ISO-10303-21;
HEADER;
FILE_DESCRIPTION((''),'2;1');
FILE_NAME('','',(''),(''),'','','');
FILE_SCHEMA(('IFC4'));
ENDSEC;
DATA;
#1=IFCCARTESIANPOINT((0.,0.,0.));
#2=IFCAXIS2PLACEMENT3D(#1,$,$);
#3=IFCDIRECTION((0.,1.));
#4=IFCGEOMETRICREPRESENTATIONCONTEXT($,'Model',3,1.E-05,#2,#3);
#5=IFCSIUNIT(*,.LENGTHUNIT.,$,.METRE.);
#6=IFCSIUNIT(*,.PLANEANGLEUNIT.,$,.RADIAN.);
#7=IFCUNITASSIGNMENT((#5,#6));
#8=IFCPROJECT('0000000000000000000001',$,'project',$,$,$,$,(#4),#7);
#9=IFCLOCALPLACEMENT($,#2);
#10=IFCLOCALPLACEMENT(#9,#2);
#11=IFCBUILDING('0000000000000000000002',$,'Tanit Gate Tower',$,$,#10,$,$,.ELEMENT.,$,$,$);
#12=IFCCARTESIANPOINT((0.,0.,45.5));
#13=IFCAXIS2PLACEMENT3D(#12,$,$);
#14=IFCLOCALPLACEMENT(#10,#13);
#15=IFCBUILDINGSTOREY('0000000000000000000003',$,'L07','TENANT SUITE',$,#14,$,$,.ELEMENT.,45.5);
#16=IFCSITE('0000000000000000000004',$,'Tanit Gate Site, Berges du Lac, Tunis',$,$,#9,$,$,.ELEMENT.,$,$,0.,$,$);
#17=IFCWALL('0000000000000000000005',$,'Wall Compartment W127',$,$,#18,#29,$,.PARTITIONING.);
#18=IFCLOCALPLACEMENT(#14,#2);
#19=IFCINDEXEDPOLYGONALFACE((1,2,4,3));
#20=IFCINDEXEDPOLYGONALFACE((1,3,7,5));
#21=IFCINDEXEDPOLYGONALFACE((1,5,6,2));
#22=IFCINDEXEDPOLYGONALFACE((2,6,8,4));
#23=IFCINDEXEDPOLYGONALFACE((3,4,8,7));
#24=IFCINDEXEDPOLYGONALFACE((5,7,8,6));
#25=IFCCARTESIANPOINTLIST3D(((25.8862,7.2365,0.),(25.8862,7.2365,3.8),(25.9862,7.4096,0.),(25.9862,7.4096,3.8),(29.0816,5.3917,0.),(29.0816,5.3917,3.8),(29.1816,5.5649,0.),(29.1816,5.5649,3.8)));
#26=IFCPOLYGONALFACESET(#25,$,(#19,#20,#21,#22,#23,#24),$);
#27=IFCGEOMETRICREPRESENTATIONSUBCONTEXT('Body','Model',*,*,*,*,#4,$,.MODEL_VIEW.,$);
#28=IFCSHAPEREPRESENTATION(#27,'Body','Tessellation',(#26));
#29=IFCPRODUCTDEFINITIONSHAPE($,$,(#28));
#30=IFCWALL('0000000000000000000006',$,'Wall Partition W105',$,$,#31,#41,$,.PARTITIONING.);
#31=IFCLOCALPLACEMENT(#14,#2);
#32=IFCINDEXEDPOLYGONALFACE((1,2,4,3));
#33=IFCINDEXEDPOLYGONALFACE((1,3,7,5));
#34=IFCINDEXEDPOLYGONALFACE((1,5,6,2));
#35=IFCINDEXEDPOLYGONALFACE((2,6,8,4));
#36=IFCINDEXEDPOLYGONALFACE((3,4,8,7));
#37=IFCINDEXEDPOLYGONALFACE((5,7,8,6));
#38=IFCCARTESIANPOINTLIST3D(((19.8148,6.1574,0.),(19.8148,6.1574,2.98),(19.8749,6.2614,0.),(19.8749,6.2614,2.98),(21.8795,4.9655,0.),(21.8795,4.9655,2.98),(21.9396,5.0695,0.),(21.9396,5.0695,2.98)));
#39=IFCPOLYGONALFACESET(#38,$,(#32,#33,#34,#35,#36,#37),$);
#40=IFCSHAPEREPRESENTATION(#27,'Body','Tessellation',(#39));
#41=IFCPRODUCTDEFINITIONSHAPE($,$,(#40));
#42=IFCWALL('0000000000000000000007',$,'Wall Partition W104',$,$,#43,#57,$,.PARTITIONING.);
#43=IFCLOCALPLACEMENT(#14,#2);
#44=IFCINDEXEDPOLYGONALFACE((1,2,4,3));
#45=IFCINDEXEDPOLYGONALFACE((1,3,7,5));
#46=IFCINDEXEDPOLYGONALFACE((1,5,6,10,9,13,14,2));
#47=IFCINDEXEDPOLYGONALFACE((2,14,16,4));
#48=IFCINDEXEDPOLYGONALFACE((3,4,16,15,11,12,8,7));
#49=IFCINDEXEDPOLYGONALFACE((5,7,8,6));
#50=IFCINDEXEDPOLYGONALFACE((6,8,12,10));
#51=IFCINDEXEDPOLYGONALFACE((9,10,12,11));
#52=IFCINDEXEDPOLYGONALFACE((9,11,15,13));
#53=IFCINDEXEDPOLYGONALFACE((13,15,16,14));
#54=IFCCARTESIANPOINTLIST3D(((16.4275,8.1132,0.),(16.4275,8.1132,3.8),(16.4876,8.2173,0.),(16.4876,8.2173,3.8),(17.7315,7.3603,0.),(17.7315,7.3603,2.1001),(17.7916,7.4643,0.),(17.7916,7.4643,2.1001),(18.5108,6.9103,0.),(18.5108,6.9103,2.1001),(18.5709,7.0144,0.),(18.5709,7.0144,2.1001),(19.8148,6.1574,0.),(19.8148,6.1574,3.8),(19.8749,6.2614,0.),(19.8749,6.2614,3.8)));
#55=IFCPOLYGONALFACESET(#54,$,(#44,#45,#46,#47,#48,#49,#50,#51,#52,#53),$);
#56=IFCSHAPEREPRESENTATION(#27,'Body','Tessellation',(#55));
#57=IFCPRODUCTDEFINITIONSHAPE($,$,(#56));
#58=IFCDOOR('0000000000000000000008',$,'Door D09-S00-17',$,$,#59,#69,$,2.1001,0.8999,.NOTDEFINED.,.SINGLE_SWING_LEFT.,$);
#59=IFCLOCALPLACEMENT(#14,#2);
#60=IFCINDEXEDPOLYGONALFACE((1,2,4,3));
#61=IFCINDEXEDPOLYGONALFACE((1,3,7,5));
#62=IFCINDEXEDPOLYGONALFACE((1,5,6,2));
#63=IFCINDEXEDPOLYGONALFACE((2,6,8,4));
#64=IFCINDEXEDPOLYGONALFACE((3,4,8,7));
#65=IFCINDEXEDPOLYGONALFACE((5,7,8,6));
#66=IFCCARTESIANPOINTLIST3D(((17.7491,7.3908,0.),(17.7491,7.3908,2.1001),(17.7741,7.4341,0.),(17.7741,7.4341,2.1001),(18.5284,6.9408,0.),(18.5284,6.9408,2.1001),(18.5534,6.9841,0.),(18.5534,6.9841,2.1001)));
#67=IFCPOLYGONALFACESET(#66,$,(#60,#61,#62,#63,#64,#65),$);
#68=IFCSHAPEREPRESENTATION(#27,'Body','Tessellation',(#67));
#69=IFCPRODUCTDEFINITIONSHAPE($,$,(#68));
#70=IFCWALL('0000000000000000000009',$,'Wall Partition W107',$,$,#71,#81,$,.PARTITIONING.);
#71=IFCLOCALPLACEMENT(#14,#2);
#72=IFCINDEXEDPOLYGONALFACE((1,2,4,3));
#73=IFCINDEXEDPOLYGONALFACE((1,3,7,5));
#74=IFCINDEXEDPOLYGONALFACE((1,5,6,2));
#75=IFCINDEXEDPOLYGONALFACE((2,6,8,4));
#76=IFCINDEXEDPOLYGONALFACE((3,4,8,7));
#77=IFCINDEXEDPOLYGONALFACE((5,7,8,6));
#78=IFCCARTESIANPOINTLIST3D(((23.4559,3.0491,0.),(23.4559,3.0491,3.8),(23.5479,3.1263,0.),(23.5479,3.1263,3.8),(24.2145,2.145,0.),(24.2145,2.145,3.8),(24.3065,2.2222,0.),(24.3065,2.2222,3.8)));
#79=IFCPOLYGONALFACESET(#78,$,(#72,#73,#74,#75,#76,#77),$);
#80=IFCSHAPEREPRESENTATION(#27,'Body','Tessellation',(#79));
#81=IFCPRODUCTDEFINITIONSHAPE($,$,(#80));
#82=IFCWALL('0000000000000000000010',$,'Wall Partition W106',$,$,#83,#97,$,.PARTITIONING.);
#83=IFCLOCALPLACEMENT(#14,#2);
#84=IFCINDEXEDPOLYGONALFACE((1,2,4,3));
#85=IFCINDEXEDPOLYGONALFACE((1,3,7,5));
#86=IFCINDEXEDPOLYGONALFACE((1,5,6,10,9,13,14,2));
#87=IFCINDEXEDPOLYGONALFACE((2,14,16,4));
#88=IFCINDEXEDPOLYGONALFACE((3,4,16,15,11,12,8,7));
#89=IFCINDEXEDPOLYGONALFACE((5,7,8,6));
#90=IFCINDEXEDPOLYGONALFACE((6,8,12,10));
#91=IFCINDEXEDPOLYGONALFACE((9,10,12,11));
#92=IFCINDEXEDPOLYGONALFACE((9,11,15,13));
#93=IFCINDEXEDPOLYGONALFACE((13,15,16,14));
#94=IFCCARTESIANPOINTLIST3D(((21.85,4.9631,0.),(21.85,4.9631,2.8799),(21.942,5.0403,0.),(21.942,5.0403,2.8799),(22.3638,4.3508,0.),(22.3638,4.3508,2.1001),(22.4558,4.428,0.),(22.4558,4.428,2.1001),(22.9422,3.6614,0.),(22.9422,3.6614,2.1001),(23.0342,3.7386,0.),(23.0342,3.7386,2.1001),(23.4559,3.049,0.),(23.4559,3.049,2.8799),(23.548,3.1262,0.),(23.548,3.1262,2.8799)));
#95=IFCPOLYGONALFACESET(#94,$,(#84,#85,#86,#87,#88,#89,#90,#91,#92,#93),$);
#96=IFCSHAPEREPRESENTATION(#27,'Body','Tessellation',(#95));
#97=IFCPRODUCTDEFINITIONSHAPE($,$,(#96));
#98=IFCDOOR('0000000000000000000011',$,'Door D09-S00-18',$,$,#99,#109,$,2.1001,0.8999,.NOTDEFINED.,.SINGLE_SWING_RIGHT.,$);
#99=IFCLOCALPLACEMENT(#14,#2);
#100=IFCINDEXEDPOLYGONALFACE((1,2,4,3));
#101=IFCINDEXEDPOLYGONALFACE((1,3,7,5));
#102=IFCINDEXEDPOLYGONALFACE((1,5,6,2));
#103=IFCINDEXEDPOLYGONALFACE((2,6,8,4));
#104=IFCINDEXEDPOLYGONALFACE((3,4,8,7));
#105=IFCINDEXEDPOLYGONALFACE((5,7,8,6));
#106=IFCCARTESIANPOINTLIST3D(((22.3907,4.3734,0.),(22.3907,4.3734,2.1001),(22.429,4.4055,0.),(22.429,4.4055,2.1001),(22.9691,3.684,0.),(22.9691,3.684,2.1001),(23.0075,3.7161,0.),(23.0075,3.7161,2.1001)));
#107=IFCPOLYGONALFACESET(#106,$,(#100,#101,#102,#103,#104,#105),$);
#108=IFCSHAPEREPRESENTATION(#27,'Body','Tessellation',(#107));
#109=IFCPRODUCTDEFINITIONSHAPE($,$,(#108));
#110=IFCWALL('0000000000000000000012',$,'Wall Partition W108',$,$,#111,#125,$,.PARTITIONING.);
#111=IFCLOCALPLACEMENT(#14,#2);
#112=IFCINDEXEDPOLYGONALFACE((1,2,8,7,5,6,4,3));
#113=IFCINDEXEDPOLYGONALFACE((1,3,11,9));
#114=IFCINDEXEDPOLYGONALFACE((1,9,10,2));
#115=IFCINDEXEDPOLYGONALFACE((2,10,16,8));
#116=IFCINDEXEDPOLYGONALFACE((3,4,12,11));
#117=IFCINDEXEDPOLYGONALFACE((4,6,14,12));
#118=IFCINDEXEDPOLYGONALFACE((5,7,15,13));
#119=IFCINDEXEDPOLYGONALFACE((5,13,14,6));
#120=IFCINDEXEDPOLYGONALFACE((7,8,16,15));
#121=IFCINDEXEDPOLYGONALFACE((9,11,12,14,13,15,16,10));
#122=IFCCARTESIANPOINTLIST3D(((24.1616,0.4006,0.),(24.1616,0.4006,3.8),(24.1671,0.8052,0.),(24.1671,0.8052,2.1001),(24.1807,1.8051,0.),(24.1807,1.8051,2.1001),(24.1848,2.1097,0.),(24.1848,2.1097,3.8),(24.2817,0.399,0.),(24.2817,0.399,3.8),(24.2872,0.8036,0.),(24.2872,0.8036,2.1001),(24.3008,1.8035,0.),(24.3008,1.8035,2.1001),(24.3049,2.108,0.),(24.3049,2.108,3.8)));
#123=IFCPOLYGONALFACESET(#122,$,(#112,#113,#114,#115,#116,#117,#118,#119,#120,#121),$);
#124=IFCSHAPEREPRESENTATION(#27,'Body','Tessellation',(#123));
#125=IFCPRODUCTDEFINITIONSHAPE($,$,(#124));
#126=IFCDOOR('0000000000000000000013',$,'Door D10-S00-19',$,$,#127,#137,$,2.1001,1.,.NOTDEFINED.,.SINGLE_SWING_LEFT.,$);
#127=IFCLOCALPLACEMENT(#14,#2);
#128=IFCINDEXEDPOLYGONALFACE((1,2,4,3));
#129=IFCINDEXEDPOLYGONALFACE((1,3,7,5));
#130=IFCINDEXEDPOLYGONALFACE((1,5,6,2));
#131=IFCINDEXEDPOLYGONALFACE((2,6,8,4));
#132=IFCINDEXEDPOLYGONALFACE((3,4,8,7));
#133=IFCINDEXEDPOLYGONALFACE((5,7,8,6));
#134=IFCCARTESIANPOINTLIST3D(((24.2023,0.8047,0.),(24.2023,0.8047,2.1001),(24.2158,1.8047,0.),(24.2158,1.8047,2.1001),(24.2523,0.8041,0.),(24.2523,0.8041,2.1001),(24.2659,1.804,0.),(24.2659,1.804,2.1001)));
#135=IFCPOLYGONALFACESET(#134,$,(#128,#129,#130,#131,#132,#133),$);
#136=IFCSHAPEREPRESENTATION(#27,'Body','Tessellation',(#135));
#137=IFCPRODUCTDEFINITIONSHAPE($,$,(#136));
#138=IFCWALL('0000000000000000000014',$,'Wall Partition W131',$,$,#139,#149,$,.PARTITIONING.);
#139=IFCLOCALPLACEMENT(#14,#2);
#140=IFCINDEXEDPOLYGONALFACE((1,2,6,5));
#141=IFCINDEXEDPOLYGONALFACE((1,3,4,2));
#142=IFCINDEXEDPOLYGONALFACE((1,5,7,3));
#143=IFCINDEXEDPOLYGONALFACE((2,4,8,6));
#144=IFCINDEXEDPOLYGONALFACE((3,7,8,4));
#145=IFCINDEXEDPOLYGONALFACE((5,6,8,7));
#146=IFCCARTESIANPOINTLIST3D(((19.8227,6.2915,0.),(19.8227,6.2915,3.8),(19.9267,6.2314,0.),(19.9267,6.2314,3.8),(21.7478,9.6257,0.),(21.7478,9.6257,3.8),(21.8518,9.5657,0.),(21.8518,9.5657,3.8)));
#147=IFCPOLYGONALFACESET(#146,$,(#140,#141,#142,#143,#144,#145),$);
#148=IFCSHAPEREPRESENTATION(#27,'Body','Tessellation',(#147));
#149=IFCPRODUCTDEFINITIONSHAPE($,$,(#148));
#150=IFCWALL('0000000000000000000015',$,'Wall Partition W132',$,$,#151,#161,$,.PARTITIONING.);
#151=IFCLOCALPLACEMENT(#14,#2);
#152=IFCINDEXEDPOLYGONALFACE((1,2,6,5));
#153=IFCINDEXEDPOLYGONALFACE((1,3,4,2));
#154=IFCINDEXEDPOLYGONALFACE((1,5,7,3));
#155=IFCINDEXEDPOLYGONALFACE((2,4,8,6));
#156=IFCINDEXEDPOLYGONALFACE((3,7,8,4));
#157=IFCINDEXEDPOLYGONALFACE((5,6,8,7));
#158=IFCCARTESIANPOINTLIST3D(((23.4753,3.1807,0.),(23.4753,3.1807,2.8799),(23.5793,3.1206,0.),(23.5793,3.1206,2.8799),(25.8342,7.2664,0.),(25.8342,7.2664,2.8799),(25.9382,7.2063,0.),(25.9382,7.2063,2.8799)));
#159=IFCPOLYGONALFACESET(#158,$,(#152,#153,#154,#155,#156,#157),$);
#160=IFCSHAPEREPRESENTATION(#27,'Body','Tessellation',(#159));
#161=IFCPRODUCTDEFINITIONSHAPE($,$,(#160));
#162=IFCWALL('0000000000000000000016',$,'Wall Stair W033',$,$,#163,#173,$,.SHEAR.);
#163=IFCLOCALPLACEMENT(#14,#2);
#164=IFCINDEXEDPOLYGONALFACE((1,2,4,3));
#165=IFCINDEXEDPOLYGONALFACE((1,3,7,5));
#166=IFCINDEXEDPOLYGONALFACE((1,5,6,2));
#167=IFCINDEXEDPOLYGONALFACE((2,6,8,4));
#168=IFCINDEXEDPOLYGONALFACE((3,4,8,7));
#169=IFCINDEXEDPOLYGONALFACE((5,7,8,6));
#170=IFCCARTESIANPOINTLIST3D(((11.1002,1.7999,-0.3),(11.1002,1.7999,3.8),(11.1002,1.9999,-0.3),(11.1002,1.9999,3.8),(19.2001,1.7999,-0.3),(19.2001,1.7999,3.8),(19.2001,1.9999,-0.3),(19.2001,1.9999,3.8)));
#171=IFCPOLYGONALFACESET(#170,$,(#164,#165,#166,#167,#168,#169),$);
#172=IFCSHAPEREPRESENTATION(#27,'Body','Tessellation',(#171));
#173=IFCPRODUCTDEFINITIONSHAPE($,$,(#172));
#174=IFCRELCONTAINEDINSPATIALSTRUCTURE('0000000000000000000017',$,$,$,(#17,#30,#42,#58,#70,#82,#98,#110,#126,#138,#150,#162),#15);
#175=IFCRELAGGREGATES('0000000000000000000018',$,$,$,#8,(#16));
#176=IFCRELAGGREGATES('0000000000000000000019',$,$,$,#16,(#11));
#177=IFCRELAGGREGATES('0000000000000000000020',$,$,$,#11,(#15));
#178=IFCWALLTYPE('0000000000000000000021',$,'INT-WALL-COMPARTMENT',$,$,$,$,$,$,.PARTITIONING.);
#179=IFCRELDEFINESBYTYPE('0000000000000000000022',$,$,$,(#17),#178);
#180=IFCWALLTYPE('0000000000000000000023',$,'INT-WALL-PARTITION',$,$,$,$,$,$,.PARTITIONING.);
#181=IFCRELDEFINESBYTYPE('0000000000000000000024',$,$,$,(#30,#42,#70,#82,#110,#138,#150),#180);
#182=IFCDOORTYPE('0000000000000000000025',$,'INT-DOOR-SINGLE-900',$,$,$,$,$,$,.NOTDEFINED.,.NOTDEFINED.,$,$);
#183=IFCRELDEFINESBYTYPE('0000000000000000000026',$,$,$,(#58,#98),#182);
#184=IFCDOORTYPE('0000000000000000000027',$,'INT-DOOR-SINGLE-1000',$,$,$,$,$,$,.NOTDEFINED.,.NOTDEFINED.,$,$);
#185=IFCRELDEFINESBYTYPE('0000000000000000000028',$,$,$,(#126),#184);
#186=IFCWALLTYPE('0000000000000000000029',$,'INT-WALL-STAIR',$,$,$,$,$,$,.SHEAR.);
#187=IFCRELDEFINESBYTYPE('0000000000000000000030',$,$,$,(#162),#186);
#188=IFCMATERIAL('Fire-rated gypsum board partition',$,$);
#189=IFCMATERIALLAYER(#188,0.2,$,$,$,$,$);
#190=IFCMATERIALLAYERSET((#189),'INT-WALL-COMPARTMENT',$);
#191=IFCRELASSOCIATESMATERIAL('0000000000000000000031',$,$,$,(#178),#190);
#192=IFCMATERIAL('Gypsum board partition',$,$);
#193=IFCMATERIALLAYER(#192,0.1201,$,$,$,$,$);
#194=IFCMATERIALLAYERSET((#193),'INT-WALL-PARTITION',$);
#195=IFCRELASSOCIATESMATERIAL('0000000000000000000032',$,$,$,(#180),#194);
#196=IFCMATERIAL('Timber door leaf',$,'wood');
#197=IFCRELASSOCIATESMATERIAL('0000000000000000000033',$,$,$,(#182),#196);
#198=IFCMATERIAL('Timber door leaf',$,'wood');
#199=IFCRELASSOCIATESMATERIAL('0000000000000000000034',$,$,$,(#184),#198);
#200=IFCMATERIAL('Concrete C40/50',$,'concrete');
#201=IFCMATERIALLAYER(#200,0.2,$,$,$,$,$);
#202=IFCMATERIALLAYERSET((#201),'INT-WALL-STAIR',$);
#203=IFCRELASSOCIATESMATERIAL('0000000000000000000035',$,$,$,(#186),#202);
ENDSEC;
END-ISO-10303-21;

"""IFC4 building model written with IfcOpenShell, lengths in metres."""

from ifc_helpers import new_model, si_unit, direction, frame, frame_2d, origin, place, context, subcontext, project, spatial, rectangle, extrude, material, layer, layer_set, type_object, element, fill, save


model = new_model("IFC4")

# Units and contexts
model_context = context("Model", 3, precision=1e-05, world=origin(), true_north=direction((0.0, 1.0)))
body_context = subcontext(model_context, "Body", "Model", "MODEL_VIEW")
ifc_project = project(units=[si_unit("LENGTHUNIT", "METRE"), si_unit("PLANEANGLEUNIT", "RADIAN")], contexts=[model_context])

# Site, building, storey
site_placement = place(None, origin())
site = spatial("IfcSite", under=ifc_project, at=site_placement, Name="Tanit Gate Site, Berges du Lac, Tunis", CompositionType="ELEMENT", RefElevation=0.0)
building_placement = place(site_placement, origin())
building = spatial("IfcBuilding", under=site, at=building_placement, Name="Tanit Gate Tower", CompositionType="ELEMENT")
storey_placement = place(building_placement, frame((0.0, 0.0, 45.5)))
storey = spatial("IfcBuildingStorey", under=building, at=storey_placement, Name="L07", Description="TENANT SUITE", CompositionType="ELEMENT", Elevation=45.5)

# Walls
ifc_material_1 = material(Name="Fire-rated gypsum board partition")
ifc_layer_1 = layer(ifc_material_1, 0.2)
ifc_layer_set_1 = layer_set([ifc_layer_1], Name="INT-WALL-COMPARTMENT")
wall_type_1 = type_object("IfcWallType", Name="INT-WALL-COMPARTMENT", PredefinedType="PARTITIONING", material=ifc_layer_set_1)
wall_1_placement = place(storey_placement, frame((25.9363, 7.323, 0.0), z_axis=(0.0, 0.0, 1.0), x_axis=(0.866036, -0.499982, 0.0)))
element("IfcWall", 1, at=wall_1_placement, inside=storey, type_object=wall_type_1, Name="Wall Compartment W127", PredefinedType="PARTITIONING", context=body_context, shape_type="SweptSolid", body=[
    extrude(rectangle(XDim=3.6897, YDim=0.2, at=frame_2d((1.8447, 0.0))), origin(), (0.0, 0.0, 1.0), 3.8),
])
ifc_material_2 = material(Name="Gypsum board partition")
ifc_layer_2 = layer(ifc_material_2, 0.1201)
ifc_layer_set_2 = layer_set([ifc_layer_2], Name="INT-WALL-PARTITION")
wall_type_2 = type_object("IfcWallType", Name="INT-WALL-PARTITION", PredefinedType="PARTITIONING", material=ifc_layer_set_2)
wall_2_placement = place(storey_placement, frame((21.9094, 5.0176, 0.0), z_axis=(0.0, 0.0, 1.0), x_axis=(-0.866054, 0.49995, 0.0)))
element("IfcWall", 2, at=wall_2_placement, inside=storey, type_object=wall_type_2, Name="Wall Partition W105", PredefinedType="PARTITIONING", context=body_context, shape_type="SweptSolid", body=[
    extrude(rectangle(XDim=2.384, YDim=0.1201, at=frame_2d((1.1919, 0.0))), origin(), (0.0, 0.0, 1.0), 2.98),
])

# Wall, opening, door
wall_3_placement = place(storey_placement, frame((19.8447, 6.2095, 0.0), z_axis=(0.0, 0.0, 1.0), x_axis=(-0.866003, 0.500039, 0.0)))
wall_3 = element("IfcWall", 3, at=wall_3_placement, inside=storey, type_object=wall_type_2, Name="Wall Partition W104", PredefinedType="PARTITIONING", context=body_context, shape_type="SweptSolid", body=[
    extrude(rectangle(XDim=3.9114, YDim=0.1201, at=frame_2d((1.9556, 0.0))), origin(), (0.0, 0.0, 1.0), 3.8),
])
opening_1_placement = place(wall_3_placement, frame((1.5056, 0.0, 0.0)))
opening_1 = element("IfcOpeningElement", 4, at=opening_1_placement, cuts=wall_3, PredefinedType="OPENING", context=body_context, shape_type="SweptSolid", body=[
    extrude(rectangle(XDim=0.8999, YDim=2.1001, at=frame_2d((0.45, 1.05))), frame((0.0, 0.0701, 0.0), z_axis=(0.0, -1.0, 0.0), x_axis=(1.0, 0.0, 0.0)), (0.0, 0.0, 1.0), 0.1401),
])
ifc_material_3 = material(Name="Timber door leaf", Category="wood")
door_type_1 = type_object("IfcDoorType", Name="INT-DOOR-SINGLE-900", OperationType="NOTDEFINED", PredefinedType="NOTDEFINED", material=ifc_material_3)
door_1_placement = place(opening_1_placement, origin())
door_1 = element("IfcDoor", 5, at=door_1_placement, inside=storey, type_object=door_type_1, Name="Door D09-S00-17", OperationType="SINGLE_SWING_LEFT", OverallHeight=2.1001, OverallWidth=0.8999, PredefinedType="NOTDEFINED", context=body_context, shape_type="SweptSolid", body=[
    extrude(rectangle(XDim=0.8999, YDim=2.1001, at=frame_2d((0.45, 1.05))), frame((0.0, 0.0249, 0.0), z_axis=(0.0, -1.0, 0.0), x_axis=(1.0, 0.0, 0.0)), (0.0, 0.0, 1.0), 0.05),
])
fill(opening_1, door_1)

# Wall
wall_4_placement = place(storey_placement, frame((24.2605, 2.1836, 0.0), z_axis=(0.0, 0.0, 1.0), x_axis=(-0.642765, 0.766063, 0.0)))
element("IfcWall", 6, at=wall_4_placement, inside=storey, type_object=wall_type_2, Name="Wall Partition W107", PredefinedType="PARTITIONING", context=body_context, shape_type="SweptSolid", body=[
    extrude(rectangle(XDim=1.1802, YDim=0.1201, at=frame_2d((0.5901, 0.0))), origin(), (0.0, 0.0, 1.0), 3.8),
])

# Walls, openings, doors
wall_5_placement = place(storey_placement, frame((23.502, 3.0876, 0.0), z_axis=(0.0, 0.0, 1.0), x_axis=(-0.642757, 0.76607, 0.0)))
wall_5 = element("IfcWall", 7, at=wall_5_placement, inside=storey, type_object=wall_type_2, Name="Wall Partition W106", PredefinedType="PARTITIONING", context=body_context, shape_type="SweptSolid", body=[
    extrude(rectangle(XDim=2.4985, YDim=0.1201, at=frame_2d((1.2493, 0.0))), origin(), (0.0, 0.0, 1.0), 2.8799),
])
opening_2_placement = place(wall_5_placement, frame((0.7993, 0.0, 0.0)))
opening_2 = element("IfcOpeningElement", 8, at=opening_2_placement, cuts=wall_5, PredefinedType="OPENING", context=body_context, shape_type="SweptSolid", body=[
    extrude(rectangle(XDim=0.8999, YDim=2.1001, at=frame_2d((0.45, 1.05))), frame((0.0, 0.0701, 0.0), z_axis=(0.0, -1.0, 0.0), x_axis=(1.0, 0.0, 0.0)), (0.0, 0.0, 1.0), 0.1401),
])
door_2_placement = place(opening_2_placement, origin())
door_2 = element("IfcDoor", 9, at=door_2_placement, inside=storey, type_object=door_type_1, Name="Door D09-S00-18", OperationType="SINGLE_SWING_RIGHT", OverallHeight=2.1001, OverallWidth=0.8999, PredefinedType="NOTDEFINED", context=body_context, shape_type="SweptSolid", body=[
    extrude(rectangle(XDim=0.8999, YDim=2.1001, at=frame_2d((0.45, 1.05))), frame((0.0, 0.0249, 0.0), z_axis=(0.0, -1.0, 0.0), x_axis=(1.0, 0.0, 0.0)), (0.0, 0.0, 1.0), 0.05),
])
fill(opening_2, door_2)
wall_6_placement = place(storey_placement, frame((24.2217, 0.3999, 0.0), z_axis=(0.0, 0.0, 1.0), x_axis=(0.01357, 0.999908, 0.0)))
wall_6 = element("IfcWall", 10, at=wall_6_placement, inside=storey, type_object=wall_type_2, Name="Wall Partition W108", PredefinedType="PARTITIONING", context=body_context, shape_type="SweptSolid", body=[
    extrude(rectangle(XDim=1.7092, YDim=0.1201, at=frame_2d((0.8545, 0.0))), origin(), (0.0, 0.0, 1.0), 3.8),
])
opening_3_placement = place(wall_6_placement, frame((0.4045, 0.0, 0.0)))
opening_3 = element("IfcOpeningElement", 11, at=opening_3_placement, cuts=wall_6, PredefinedType="OPENING", context=body_context, shape_type="SweptSolid", body=[
    extrude(rectangle(XDim=1.0, YDim=2.1001, at=frame_2d((0.5, 1.05))), frame((0.0, 0.0701, 0.0), z_axis=(0.0, -1.0, 0.0), x_axis=(1.0, 0.0, 0.0)), (0.0, 0.0, 1.0), 0.1401),
])
ifc_material_4 = material(Name="Timber door leaf", Category="wood")
door_type_2 = type_object("IfcDoorType", Name="INT-DOOR-SINGLE-1000", OperationType="NOTDEFINED", PredefinedType="NOTDEFINED", material=ifc_material_4)
door_3_placement = place(opening_3_placement, origin())
door_3 = element("IfcDoor", 12, at=door_3_placement, inside=storey, type_object=door_type_2, Name="Door D10-S00-19", OperationType="SINGLE_SWING_LEFT", OverallHeight=2.1001, OverallWidth=1.0, PredefinedType="NOTDEFINED", context=body_context, shape_type="SweptSolid", body=[
    extrude(rectangle(XDim=1.0, YDim=2.1001, at=frame_2d((0.5, 1.05))), frame((0.0, 0.0249, 0.0), z_axis=(0.0, -1.0, 0.0), x_axis=(1.0, 0.0, 0.0)), (0.0, 0.0, 1.0), 0.05),
])
fill(opening_3, door_3)

# Walls
wall_7_placement = place(storey_placement, frame((21.7998, 9.5957, 0.0), z_axis=(0.0, 0.0, 1.0), x_axis=(-0.500006, -0.866022, 0.0)))
element("IfcWall", 13, at=wall_7_placement, inside=storey, type_object=wall_type_2, Name="Wall Partition W131", PredefinedType="PARTITIONING", context=body_context, shape_type="SweptSolid", body=[
    extrude(rectangle(XDim=3.8501, YDim=0.1201, at=frame_2d((1.925, 0.0))), origin(), (0.0, 0.0, 1.0), 3.8),
])
wall_8_placement = place(storey_placement, frame((25.8862, 7.2363, 0.0), z_axis=(0.0, 0.0, 1.0), x_axis=(-0.500002, -0.866024, 0.0)))
element("IfcWall", 14, at=wall_8_placement, inside=storey, type_object=wall_type_2, Name="Wall Partition W132", PredefinedType="PARTITIONING", context=body_context, shape_type="SweptSolid", body=[
    extrude(rectangle(XDim=4.7178, YDim=0.1201, at=frame_2d((2.3589, 0.0))), origin(), (0.0, 0.0, 1.0), 2.8799),
])
ifc_material_5 = material(Name="Concrete C40/50", Category="concrete")
ifc_layer_3 = layer(ifc_material_5, 0.2)
ifc_layer_set_3 = layer_set([ifc_layer_3], Name="INT-WALL-STAIR")
wall_type_3 = type_object("IfcWallType", Name="INT-WALL-STAIR", PredefinedType="SHEAR", material=ifc_layer_set_3)
wall_9_placement = place(storey_placement, frame((19.2, 1.8999, -0.3), z_axis=(0.0, 0.0, 1.0), x_axis=(-1.0, 0.0, 0.0)))
element("IfcWall", 15, at=wall_9_placement, inside=storey, type_object=wall_type_3, Name="Wall Stair W033", PredefinedType="SHEAR", context=body_context, shape_type="SweptSolid", body=[
    extrude(rectangle(XDim=8.0999, YDim=0.2, at=frame_2d((4.0498, 0.0))), origin(), (0.0, 0.0, 1.0), 4.1001),
])

save(model, "model.ifc")
